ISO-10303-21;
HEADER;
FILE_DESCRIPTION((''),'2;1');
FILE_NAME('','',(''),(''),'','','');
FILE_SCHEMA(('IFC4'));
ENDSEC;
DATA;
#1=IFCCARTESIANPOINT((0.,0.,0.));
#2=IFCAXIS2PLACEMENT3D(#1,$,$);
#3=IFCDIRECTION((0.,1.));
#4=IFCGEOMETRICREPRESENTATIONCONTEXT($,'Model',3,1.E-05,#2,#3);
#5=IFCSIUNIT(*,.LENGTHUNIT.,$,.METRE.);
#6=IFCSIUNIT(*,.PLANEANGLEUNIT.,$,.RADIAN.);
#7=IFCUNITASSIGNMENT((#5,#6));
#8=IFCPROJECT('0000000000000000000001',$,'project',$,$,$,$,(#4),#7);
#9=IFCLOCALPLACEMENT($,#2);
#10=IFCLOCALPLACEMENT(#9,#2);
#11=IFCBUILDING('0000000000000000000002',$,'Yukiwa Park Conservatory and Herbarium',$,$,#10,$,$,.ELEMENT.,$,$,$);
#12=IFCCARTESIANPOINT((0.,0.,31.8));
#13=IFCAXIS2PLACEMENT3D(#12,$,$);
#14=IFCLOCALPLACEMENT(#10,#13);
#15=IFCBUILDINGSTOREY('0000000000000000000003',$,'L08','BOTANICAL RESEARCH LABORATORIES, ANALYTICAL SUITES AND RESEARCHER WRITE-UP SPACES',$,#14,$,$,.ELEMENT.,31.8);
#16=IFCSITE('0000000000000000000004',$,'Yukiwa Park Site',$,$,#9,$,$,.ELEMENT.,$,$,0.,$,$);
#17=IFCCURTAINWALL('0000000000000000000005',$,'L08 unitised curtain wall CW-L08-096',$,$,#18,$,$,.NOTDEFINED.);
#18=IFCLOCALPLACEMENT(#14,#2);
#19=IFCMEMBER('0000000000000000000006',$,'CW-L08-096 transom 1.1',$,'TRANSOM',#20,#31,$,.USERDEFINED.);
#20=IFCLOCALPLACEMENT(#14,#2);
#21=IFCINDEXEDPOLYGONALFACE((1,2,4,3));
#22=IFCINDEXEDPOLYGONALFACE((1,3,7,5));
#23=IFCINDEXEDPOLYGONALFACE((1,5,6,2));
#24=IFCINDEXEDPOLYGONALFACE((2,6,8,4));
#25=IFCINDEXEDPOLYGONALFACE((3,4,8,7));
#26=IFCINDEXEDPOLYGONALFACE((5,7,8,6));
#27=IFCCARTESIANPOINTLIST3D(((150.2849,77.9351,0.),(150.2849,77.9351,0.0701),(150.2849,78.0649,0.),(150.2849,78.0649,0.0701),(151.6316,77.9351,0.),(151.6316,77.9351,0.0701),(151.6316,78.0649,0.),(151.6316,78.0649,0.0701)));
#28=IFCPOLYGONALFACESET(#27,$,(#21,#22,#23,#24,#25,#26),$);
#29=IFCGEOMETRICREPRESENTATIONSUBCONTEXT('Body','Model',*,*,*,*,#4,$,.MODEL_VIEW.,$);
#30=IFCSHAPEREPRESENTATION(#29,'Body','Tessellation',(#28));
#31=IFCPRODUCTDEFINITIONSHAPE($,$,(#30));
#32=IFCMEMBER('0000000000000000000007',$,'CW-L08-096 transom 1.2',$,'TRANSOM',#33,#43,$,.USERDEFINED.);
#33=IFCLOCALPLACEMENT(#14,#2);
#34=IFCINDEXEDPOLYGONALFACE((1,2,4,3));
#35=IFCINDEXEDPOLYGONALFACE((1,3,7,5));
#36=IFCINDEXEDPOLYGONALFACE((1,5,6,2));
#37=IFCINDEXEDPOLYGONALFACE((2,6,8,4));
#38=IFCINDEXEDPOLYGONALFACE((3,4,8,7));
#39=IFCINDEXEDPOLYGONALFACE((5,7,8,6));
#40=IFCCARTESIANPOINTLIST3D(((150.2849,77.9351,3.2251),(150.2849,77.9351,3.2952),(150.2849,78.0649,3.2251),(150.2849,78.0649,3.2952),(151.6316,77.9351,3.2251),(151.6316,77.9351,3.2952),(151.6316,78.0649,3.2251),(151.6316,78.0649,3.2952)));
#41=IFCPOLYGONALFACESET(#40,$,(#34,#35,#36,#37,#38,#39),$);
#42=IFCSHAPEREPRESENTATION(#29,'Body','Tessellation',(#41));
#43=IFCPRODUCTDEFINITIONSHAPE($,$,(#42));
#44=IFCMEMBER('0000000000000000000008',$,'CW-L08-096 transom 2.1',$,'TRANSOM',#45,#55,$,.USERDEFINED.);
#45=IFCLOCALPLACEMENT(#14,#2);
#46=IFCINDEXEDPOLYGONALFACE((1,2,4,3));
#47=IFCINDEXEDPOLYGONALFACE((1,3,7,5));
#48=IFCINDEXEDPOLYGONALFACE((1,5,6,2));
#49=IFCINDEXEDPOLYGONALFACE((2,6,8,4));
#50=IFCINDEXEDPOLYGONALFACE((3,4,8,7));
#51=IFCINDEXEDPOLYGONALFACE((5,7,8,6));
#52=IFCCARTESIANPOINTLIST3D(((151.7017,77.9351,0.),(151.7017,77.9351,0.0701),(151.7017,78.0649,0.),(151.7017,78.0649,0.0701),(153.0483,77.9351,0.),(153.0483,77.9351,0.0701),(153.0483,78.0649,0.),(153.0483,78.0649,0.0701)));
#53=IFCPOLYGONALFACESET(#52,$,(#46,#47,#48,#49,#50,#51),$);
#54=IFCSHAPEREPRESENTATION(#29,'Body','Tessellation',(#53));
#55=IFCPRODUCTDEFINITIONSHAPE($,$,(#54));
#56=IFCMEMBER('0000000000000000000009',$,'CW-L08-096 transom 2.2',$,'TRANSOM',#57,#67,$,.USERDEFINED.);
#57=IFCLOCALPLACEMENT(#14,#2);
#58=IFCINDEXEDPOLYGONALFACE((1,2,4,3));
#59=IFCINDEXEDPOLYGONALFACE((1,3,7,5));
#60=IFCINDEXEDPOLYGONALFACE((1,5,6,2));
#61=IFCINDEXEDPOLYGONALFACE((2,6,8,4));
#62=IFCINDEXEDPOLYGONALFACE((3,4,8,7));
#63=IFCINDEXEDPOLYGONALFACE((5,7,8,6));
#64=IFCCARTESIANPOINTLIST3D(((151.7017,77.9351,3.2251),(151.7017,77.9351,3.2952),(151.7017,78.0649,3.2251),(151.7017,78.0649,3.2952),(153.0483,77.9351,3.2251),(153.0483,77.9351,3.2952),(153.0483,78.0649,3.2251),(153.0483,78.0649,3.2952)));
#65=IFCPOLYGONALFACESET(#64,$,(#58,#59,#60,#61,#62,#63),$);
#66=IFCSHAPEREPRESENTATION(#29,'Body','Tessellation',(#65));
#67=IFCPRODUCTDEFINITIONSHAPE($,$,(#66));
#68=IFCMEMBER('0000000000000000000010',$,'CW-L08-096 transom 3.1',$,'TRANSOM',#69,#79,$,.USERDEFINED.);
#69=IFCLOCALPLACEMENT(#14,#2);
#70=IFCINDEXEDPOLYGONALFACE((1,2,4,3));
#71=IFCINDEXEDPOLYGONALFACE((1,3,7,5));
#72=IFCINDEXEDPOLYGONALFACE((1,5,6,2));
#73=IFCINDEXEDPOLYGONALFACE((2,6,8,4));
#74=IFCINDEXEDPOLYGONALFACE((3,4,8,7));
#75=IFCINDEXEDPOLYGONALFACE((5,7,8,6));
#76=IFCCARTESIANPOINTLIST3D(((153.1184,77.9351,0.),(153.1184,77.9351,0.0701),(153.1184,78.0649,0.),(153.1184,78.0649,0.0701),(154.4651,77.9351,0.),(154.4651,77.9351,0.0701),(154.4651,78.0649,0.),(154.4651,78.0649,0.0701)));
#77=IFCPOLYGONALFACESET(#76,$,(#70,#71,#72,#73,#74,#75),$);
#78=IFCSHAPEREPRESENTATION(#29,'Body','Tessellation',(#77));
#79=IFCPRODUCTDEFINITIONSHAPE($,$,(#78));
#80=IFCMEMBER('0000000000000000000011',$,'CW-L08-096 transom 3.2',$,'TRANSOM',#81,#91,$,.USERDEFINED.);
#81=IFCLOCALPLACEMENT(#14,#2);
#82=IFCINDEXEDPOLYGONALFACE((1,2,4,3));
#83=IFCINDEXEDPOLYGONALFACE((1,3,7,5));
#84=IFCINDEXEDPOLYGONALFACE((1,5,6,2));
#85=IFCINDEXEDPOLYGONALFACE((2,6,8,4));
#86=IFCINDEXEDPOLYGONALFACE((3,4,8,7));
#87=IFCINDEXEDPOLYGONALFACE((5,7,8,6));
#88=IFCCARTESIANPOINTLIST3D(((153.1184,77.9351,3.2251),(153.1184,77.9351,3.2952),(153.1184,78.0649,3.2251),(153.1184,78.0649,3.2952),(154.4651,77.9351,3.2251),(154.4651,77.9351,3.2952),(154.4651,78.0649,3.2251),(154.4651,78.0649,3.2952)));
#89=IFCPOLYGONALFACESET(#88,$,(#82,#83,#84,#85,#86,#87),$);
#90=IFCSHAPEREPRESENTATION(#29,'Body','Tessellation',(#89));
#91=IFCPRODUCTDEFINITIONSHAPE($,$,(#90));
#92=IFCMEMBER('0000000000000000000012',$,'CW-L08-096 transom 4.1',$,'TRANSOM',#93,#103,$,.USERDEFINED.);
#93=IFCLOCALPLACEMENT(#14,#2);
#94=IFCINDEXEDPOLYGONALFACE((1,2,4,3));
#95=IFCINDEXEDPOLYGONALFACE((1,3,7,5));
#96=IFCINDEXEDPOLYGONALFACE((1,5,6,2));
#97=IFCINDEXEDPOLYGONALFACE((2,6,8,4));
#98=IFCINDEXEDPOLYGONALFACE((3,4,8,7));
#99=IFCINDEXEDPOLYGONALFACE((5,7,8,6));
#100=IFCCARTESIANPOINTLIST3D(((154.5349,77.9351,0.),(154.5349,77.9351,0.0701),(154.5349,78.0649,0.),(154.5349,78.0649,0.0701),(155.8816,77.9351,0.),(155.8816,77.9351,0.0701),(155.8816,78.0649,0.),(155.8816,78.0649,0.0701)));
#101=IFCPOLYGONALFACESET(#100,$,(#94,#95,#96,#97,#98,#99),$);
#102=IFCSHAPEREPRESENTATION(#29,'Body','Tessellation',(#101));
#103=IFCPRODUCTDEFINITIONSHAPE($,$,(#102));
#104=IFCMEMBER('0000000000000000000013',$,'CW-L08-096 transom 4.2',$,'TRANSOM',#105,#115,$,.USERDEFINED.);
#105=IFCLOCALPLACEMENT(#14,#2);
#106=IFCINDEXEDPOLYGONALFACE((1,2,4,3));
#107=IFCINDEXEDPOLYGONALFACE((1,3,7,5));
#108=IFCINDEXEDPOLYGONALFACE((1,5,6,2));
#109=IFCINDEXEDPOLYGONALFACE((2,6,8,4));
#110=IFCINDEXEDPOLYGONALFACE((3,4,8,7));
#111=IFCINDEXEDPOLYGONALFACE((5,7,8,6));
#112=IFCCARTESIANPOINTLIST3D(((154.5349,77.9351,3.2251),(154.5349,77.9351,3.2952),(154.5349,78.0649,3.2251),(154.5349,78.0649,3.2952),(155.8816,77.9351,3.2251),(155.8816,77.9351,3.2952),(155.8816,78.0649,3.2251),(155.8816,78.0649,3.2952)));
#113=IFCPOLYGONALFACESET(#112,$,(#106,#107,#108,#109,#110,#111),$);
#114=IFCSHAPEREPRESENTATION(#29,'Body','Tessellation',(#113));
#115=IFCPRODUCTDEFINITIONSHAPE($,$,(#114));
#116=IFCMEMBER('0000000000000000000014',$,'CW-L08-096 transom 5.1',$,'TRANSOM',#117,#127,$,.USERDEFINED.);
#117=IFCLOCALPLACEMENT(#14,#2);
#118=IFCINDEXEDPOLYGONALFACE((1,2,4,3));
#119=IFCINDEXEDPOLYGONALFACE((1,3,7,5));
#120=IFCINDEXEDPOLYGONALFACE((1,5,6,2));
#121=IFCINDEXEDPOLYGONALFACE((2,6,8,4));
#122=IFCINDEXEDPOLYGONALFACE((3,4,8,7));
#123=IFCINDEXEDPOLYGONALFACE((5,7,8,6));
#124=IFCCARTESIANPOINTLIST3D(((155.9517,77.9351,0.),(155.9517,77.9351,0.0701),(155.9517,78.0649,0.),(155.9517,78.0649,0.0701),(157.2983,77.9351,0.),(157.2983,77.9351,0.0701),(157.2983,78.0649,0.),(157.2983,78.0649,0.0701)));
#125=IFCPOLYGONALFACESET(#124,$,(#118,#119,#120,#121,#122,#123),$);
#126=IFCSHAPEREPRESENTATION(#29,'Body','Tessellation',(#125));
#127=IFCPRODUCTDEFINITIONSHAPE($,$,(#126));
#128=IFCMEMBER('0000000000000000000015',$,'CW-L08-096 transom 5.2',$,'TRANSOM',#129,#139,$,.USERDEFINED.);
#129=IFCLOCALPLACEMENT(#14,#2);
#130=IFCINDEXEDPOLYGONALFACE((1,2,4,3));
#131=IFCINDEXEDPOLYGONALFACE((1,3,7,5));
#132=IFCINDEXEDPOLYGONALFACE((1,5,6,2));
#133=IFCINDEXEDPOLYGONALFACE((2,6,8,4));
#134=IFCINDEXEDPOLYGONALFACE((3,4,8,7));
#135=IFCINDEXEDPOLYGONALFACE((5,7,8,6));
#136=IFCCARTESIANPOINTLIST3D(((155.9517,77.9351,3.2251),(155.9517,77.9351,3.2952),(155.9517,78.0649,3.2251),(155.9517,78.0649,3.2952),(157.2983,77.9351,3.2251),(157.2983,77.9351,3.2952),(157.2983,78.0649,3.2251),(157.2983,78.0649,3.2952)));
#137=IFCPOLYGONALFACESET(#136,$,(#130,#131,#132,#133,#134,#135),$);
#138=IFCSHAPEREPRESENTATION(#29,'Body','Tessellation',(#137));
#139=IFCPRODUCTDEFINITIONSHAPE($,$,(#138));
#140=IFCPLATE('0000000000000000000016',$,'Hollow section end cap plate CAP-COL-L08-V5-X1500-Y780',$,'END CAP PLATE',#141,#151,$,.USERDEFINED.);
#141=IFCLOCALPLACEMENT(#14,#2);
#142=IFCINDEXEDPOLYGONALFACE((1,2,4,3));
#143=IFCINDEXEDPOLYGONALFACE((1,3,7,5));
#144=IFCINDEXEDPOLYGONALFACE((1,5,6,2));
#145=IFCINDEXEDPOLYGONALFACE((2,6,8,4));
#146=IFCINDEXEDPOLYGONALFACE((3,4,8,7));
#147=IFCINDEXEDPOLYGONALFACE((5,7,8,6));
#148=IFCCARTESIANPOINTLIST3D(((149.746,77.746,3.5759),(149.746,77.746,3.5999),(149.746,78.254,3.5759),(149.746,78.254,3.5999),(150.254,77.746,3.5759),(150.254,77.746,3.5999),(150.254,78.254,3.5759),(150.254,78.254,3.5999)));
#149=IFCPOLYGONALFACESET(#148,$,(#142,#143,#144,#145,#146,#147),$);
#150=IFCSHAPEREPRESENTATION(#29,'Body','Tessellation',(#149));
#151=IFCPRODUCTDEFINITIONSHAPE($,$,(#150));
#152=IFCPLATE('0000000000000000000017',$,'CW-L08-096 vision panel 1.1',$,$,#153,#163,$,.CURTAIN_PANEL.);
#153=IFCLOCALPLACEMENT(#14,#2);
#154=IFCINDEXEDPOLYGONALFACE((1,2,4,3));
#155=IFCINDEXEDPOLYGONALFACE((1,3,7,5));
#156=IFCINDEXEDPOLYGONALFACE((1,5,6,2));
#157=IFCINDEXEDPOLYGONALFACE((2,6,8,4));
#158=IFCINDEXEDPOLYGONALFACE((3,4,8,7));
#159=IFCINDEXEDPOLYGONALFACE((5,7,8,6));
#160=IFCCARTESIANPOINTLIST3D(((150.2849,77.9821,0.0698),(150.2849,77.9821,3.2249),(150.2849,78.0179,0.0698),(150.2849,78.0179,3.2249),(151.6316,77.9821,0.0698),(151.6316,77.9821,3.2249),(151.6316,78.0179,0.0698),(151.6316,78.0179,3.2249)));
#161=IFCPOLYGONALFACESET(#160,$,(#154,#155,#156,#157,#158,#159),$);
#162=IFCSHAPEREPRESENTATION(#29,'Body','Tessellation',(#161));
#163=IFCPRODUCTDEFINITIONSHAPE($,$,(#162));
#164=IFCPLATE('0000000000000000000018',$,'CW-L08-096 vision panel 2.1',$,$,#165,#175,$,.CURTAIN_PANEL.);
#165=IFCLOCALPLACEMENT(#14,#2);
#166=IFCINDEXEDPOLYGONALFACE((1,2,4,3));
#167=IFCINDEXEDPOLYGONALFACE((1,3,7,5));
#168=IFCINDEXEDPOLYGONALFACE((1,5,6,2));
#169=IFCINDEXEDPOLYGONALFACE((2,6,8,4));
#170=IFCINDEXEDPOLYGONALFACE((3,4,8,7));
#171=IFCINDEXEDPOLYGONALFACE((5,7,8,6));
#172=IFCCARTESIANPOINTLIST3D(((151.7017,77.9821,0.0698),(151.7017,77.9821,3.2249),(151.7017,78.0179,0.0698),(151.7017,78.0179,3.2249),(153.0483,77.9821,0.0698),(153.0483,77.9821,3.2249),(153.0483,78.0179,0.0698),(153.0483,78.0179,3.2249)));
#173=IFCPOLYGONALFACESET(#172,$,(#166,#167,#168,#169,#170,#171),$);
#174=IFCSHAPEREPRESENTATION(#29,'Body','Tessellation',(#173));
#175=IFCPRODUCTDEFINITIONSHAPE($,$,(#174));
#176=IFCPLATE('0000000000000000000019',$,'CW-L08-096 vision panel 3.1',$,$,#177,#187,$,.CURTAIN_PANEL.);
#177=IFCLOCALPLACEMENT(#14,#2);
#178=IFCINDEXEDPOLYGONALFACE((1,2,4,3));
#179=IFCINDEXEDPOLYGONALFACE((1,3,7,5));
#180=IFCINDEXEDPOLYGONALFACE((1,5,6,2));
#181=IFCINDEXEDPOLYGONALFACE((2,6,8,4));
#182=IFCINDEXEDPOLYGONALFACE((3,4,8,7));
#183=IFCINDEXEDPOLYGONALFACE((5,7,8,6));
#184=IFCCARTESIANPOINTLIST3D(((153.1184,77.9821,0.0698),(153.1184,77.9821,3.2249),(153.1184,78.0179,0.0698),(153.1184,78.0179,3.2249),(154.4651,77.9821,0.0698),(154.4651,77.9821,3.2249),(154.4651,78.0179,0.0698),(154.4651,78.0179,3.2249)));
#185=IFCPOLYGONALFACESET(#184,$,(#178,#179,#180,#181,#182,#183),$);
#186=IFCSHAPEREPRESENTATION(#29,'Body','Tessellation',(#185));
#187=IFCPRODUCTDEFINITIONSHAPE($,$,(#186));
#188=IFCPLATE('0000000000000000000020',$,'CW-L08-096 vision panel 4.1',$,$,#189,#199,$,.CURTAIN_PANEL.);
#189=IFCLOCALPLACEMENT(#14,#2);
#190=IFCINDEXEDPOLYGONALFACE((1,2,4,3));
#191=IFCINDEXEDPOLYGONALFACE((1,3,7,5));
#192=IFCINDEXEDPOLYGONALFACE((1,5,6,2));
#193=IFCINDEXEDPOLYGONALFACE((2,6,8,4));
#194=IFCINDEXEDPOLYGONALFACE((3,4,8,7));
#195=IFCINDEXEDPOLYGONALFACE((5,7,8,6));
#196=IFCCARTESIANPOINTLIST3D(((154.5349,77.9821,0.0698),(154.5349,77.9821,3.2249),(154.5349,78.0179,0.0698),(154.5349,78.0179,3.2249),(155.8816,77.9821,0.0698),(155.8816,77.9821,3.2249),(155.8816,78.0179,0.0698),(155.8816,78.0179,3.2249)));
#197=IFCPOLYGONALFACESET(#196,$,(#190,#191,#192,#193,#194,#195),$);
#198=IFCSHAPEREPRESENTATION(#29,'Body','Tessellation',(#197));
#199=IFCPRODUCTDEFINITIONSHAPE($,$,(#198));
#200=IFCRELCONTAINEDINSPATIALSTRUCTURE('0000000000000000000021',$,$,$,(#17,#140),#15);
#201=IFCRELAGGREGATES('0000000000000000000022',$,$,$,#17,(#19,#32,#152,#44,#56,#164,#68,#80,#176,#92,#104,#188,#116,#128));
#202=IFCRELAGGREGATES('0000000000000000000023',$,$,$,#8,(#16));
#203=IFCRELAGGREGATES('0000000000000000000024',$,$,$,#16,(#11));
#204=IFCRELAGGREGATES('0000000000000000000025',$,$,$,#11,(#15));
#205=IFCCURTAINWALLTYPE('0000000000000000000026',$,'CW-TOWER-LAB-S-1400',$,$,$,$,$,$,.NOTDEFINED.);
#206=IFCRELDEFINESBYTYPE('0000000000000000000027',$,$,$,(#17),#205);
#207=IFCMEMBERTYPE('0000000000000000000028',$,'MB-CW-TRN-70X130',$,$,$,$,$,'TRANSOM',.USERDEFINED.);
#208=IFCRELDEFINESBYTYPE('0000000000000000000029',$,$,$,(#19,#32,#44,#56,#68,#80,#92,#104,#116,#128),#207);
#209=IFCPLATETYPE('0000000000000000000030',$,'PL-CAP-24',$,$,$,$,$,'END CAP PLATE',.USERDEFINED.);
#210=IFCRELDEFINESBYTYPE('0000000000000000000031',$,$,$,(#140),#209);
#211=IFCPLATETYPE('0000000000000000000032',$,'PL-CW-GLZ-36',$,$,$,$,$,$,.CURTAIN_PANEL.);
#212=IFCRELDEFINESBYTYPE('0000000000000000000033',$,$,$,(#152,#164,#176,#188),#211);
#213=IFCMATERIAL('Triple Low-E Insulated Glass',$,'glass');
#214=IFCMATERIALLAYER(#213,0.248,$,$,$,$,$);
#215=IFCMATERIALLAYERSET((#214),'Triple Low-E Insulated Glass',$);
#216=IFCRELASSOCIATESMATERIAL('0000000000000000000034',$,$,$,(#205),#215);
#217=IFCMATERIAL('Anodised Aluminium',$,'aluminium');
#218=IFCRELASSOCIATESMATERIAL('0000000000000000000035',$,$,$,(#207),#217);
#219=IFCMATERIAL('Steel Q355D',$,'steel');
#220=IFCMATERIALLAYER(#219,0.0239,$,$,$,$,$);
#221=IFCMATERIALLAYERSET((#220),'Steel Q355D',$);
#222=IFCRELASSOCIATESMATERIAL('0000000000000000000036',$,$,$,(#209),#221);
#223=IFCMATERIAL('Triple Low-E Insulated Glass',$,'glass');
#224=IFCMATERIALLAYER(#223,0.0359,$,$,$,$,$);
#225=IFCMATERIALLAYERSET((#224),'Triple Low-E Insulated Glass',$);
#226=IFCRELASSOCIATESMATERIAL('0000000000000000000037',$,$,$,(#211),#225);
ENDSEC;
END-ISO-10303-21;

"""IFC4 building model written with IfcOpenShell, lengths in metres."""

from ifc_helpers import new_model, si_unit, direction, frame, origin, origin_2d, place, context, subcontext, project, spatial, rectangle, extrude, material, layer, layer_set, type_object, element, aggregate, save


model = new_model("IFC4")

# Units and contexts
model_context = context("Model", 3, precision=1e-05, world=origin(), true_north=direction((0.0, 1.0)))
body_context = subcontext(model_context, "Body", "Model", "MODEL_VIEW")
ifc_project = project(units=[si_unit("LENGTHUNIT", "METRE"), si_unit("PLANEANGLEUNIT", "RADIAN")], contexts=[model_context])

# Site, building, storey
site_placement = place(None, origin())
site = spatial("IfcSite", under=ifc_project, at=site_placement, Name="Yukiwa Park Site", CompositionType="ELEMENT", RefElevation=0.0)
building_placement = place(site_placement, origin())
building = spatial("IfcBuilding", under=site, at=building_placement, Name="Yukiwa Park Conservatory and Herbarium", CompositionType="ELEMENT")
storey_placement = place(building_placement, frame((0.0, 0.0, 31.8)))
storey = spatial("IfcBuildingStorey", under=building, at=storey_placement, Name="L08", Description="BOTANICAL RESEARCH LABORATORIES, ANALYTICAL SUITES AND RESEARCHER WRITE-UP SPACES", CompositionType="ELEMENT", Elevation=31.8)

# Curtain wall, members
ifc_material_1 = material(Name="Triple Low-E Insulated Glass", Category="glass")
ifc_layer_1 = layer(ifc_material_1, 0.248)
ifc_layer_set_1 = layer_set([ifc_layer_1], Name="Triple Low-E Insulated Glass")
curtain_wall_type = type_object("IfcCurtainWallType", Name="CW-TOWER-LAB-S-1400", PredefinedType="NOTDEFINED", material=ifc_layer_set_1)
curtain_wall_placement = place(storey_placement, origin())
curtain_wall = element("IfcCurtainWall", 1, at=curtain_wall_placement, inside=storey, type_object=curtain_wall_type, Name="L08 unitised curtain wall CW-L08-096", PredefinedType="NOTDEFINED")
ifc_material_2 = material(Name="Anodised Aluminium", Category="aluminium")
member_type_1 = type_object("IfcMemberType", Name="MB-CW-TRN-70X130", ElementType="TRANSOM", PredefinedType="USERDEFINED", material=ifc_material_2)
member_1_placement = place(storey_placement, frame((150.9583, 78.0, 0.0), z_axis=(0.0, 0.0, 1.0), x_axis=(1.0, 0.0, 0.0)))
member_1 = element("IfcMember", 2, at=member_1_placement, type_object=member_type_1, Name="CW-L08-096 transom 1.1", ObjectType="TRANSOM", PredefinedType="USERDEFINED", context=body_context, shape_type="SweptSolid", body=[
    extrude(rectangle(XDim=1.3467, YDim=0.1299, at=origin_2d()), origin(), (0.0, 0.0, 1.0), 0.0701),
])
member_2_placement = place(storey_placement, frame((150.9583, 78.0, 3.2251), z_axis=(0.0, 0.0, 1.0), x_axis=(1.0, 0.0, 0.0)))
member_2 = element("IfcMember", 3, at=member_2_placement, type_object=member_type_1, Name="CW-L08-096 transom 1.2", ObjectType="TRANSOM", PredefinedType="USERDEFINED", context=body_context, shape_type="SweptSolid", body=[
    extrude(rectangle(XDim=1.3467, YDim=0.1299, at=origin_2d()), origin(), (0.0, 0.0, 1.0), 0.0701),
])
member_3_placement = place(storey_placement, frame((152.375, 78.0, 0.0), z_axis=(0.0, 0.0, 1.0), x_axis=(1.0, 0.0, 0.0)))
member_3 = element("IfcMember", 4, at=member_3_placement, type_object=member_type_1, Name="CW-L08-096 transom 2.1", ObjectType="TRANSOM", PredefinedType="USERDEFINED", context=body_context, shape_type="SweptSolid", body=[
    extrude(rectangle(XDim=1.3467, YDim=0.1299, at=origin_2d()), origin(), (0.0, 0.0, 1.0), 0.0701),
])
member_4_placement = place(storey_placement, frame((152.375, 78.0, 3.2251), z_axis=(0.0, 0.0, 1.0), x_axis=(1.0, 0.0, 0.0)))
member_4 = element("IfcMember", 5, at=member_4_placement, type_object=member_type_1, Name="CW-L08-096 transom 2.2", ObjectType="TRANSOM", PredefinedType="USERDEFINED", context=body_context, shape_type="SweptSolid", body=[
    extrude(rectangle(XDim=1.3467, YDim=0.1299, at=origin_2d()), origin(), (0.0, 0.0, 1.0), 0.0701),
])
member_5_placement = place(storey_placement, frame((153.7917, 78.0, 0.0), z_axis=(0.0, 0.0, 1.0), x_axis=(1.0, 0.0, 0.0)))
member_5 = element("IfcMember", 6, at=member_5_placement, type_object=member_type_1, Name="CW-L08-096 transom 3.1", ObjectType="TRANSOM", PredefinedType="USERDEFINED", context=body_context, shape_type="SweptSolid", body=[
    extrude(rectangle(XDim=1.3467, YDim=0.1299, at=origin_2d()), origin(), (0.0, 0.0, 1.0), 0.0701),
])
member_6_placement = place(storey_placement, frame((153.7917, 78.0, 3.2251), z_axis=(0.0, 0.0, 1.0), x_axis=(1.0, 0.0, 0.0)))
member_6 = element("IfcMember", 7, at=member_6_placement, type_object=member_type_1, Name="CW-L08-096 transom 3.2", ObjectType="TRANSOM", PredefinedType="USERDEFINED", context=body_context, shape_type="SweptSolid", body=[
    extrude(rectangle(XDim=1.3467, YDim=0.1299, at=origin_2d()), origin(), (0.0, 0.0, 1.0), 0.0701),
])
member_7_placement = place(storey_placement, frame((155.2083, 78.0, 0.0), z_axis=(0.0, 0.0, 1.0), x_axis=(1.0, 0.0, 0.0)))
member_7 = element("IfcMember", 8, at=member_7_placement, type_object=member_type_1, Name="CW-L08-096 transom 4.1", ObjectType="TRANSOM", PredefinedType="USERDEFINED", context=body_context, shape_type="SweptSolid", body=[
    extrude(rectangle(XDim=1.3467, YDim=0.1299, at=origin_2d()), origin(), (0.0, 0.0, 1.0), 0.0701),
])
member_8_placement = place(storey_placement, frame((155.2083, 78.0, 3.2251), z_axis=(0.0, 0.0, 1.0), x_axis=(1.0, 0.0, 0.0)))
member_8 = element("IfcMember", 9, at=member_8_placement, type_object=member_type_1, Name="CW-L08-096 transom 4.2", ObjectType="TRANSOM", PredefinedType="USERDEFINED", context=body_context, shape_type="SweptSolid", body=[
    extrude(rectangle(XDim=1.3467, YDim=0.1299, at=origin_2d()), origin(), (0.0, 0.0, 1.0), 0.0701),
])
member_9_placement = place(storey_placement, frame((156.625, 78.0, 0.0), z_axis=(0.0, 0.0, 1.0), x_axis=(1.0, 0.0, 0.0)))
member_9 = element("IfcMember", 10, at=member_9_placement, type_object=member_type_1, Name="CW-L08-096 transom 5.1", ObjectType="TRANSOM", PredefinedType="USERDEFINED", context=body_context, shape_type="SweptSolid", body=[
    extrude(rectangle(XDim=1.3467, YDim=0.1299, at=origin_2d()), origin(), (0.0, 0.0, 1.0), 0.0701),
])
member_10_placement = place(storey_placement, frame((156.625, 78.0, 3.2251), z_axis=(0.0, 0.0, 1.0), x_axis=(1.0, 0.0, 0.0)))
member_10 = element("IfcMember", 11, at=member_10_placement, type_object=member_type_1, Name="CW-L08-096 transom 5.2", ObjectType="TRANSOM", PredefinedType="USERDEFINED", context=body_context, shape_type="SweptSolid", body=[
    extrude(rectangle(XDim=1.3467, YDim=0.1299, at=origin_2d()), origin(), (0.0, 0.0, 1.0), 0.0701),
])

# Plates
ifc_material_3 = material(Name="Steel Q355D", Category="steel")
ifc_layer_2 = layer(ifc_material_3, 0.0239)
ifc_layer_set_2 = layer_set([ifc_layer_2], Name="Steel Q355D")
plate_type_1 = type_object("IfcPlateType", Name="PL-CAP-24", ElementType="END CAP PLATE", PredefinedType="USERDEFINED", material=ifc_layer_set_2)
plate_1_placement = place(storey_placement, frame((150.0, 78.0, 3.5759), z_axis=(0.0, 0.0, 1.0), x_axis=(1.0, 0.0, 0.0)))
element("IfcPlate", 12, at=plate_1_placement, inside=storey, type_object=plate_type_1, Name="Hollow section end cap plate CAP-COL-L08-V5-X1500-Y780", ObjectType="END CAP PLATE", PredefinedType="USERDEFINED", context=body_context, shape_type="SweptSolid", body=[
    extrude(rectangle(XDim=0.5081, YDim=0.5081, at=origin_2d()), origin(), (0.0, 0.0, 1.0), 0.0239),
])
ifc_material_4 = material(Name="Triple Low-E Insulated Glass", Category="glass")
ifc_layer_3 = layer(ifc_material_4, 0.0359)
ifc_layer_set_3 = layer_set([ifc_layer_3], Name="Triple Low-E Insulated Glass")
plate_type_2 = type_object("IfcPlateType", Name="PL-CW-GLZ-36", PredefinedType="CURTAIN_PANEL", material=ifc_layer_set_3)
plate_2_placement = place(storey_placement, frame((150.9583, 78.0, 0.0698), z_axis=(0.0, 0.0, 1.0), x_axis=(1.0, 0.0, 0.0)))
plate_2 = element("IfcPlate", 13, at=plate_2_placement, type_object=plate_type_2, Name="CW-L08-096 vision panel 1.1", PredefinedType="CURTAIN_PANEL", context=body_context, shape_type="SweptSolid", body=[
    extrude(rectangle(XDim=1.3467, YDim=0.0359, at=origin_2d()), origin(), (0.0, 0.0, 1.0), 3.155),
])
plate_3_placement = place(storey_placement, frame((152.375, 78.0, 0.0698), z_axis=(0.0, 0.0, 1.0), x_axis=(1.0, 0.0, 0.0)))
plate_3 = element("IfcPlate", 14, at=plate_3_placement, type_object=plate_type_2, Name="CW-L08-096 vision panel 2.1", PredefinedType="CURTAIN_PANEL", context=body_context, shape_type="SweptSolid", body=[
    extrude(rectangle(XDim=1.3467, YDim=0.0359, at=origin_2d()), origin(), (0.0, 0.0, 1.0), 3.155),
])
plate_4_placement = place(storey_placement, frame((153.7917, 78.0, 0.0698), z_axis=(0.0, 0.0, 1.0), x_axis=(1.0, 0.0, 0.0)))
plate_4 = element("IfcPlate", 15, at=plate_4_placement, type_object=plate_type_2, Name="CW-L08-096 vision panel 3.1", PredefinedType="CURTAIN_PANEL", context=body_context, shape_type="SweptSolid", body=[
    extrude(rectangle(XDim=1.3467, YDim=0.0359, at=origin_2d()), origin(), (0.0, 0.0, 1.0), 3.155),
])
plate_5_placement = place(storey_placement, frame((155.2083, 78.0, 0.0698), z_axis=(0.0, 0.0, 1.0), x_axis=(1.0, 0.0, 0.0)))
plate_5 = element("IfcPlate", 16, at=plate_5_placement, type_object=plate_type_2, Name="CW-L08-096 vision panel 4.1", PredefinedType="CURTAIN_PANEL", context=body_context, shape_type="SweptSolid", body=[
    extrude(rectangle(XDim=1.3467, YDim=0.0359, at=origin_2d()), origin(), (0.0, 0.0, 1.0), 3.155),
])
aggregate(curtain_wall, [member_1, member_2, plate_2, member_3, member_4, plate_3, member_5, member_6, plate_4, member_7, member_8, plate_5, member_9, member_10])

save(model, "model.ifc")
